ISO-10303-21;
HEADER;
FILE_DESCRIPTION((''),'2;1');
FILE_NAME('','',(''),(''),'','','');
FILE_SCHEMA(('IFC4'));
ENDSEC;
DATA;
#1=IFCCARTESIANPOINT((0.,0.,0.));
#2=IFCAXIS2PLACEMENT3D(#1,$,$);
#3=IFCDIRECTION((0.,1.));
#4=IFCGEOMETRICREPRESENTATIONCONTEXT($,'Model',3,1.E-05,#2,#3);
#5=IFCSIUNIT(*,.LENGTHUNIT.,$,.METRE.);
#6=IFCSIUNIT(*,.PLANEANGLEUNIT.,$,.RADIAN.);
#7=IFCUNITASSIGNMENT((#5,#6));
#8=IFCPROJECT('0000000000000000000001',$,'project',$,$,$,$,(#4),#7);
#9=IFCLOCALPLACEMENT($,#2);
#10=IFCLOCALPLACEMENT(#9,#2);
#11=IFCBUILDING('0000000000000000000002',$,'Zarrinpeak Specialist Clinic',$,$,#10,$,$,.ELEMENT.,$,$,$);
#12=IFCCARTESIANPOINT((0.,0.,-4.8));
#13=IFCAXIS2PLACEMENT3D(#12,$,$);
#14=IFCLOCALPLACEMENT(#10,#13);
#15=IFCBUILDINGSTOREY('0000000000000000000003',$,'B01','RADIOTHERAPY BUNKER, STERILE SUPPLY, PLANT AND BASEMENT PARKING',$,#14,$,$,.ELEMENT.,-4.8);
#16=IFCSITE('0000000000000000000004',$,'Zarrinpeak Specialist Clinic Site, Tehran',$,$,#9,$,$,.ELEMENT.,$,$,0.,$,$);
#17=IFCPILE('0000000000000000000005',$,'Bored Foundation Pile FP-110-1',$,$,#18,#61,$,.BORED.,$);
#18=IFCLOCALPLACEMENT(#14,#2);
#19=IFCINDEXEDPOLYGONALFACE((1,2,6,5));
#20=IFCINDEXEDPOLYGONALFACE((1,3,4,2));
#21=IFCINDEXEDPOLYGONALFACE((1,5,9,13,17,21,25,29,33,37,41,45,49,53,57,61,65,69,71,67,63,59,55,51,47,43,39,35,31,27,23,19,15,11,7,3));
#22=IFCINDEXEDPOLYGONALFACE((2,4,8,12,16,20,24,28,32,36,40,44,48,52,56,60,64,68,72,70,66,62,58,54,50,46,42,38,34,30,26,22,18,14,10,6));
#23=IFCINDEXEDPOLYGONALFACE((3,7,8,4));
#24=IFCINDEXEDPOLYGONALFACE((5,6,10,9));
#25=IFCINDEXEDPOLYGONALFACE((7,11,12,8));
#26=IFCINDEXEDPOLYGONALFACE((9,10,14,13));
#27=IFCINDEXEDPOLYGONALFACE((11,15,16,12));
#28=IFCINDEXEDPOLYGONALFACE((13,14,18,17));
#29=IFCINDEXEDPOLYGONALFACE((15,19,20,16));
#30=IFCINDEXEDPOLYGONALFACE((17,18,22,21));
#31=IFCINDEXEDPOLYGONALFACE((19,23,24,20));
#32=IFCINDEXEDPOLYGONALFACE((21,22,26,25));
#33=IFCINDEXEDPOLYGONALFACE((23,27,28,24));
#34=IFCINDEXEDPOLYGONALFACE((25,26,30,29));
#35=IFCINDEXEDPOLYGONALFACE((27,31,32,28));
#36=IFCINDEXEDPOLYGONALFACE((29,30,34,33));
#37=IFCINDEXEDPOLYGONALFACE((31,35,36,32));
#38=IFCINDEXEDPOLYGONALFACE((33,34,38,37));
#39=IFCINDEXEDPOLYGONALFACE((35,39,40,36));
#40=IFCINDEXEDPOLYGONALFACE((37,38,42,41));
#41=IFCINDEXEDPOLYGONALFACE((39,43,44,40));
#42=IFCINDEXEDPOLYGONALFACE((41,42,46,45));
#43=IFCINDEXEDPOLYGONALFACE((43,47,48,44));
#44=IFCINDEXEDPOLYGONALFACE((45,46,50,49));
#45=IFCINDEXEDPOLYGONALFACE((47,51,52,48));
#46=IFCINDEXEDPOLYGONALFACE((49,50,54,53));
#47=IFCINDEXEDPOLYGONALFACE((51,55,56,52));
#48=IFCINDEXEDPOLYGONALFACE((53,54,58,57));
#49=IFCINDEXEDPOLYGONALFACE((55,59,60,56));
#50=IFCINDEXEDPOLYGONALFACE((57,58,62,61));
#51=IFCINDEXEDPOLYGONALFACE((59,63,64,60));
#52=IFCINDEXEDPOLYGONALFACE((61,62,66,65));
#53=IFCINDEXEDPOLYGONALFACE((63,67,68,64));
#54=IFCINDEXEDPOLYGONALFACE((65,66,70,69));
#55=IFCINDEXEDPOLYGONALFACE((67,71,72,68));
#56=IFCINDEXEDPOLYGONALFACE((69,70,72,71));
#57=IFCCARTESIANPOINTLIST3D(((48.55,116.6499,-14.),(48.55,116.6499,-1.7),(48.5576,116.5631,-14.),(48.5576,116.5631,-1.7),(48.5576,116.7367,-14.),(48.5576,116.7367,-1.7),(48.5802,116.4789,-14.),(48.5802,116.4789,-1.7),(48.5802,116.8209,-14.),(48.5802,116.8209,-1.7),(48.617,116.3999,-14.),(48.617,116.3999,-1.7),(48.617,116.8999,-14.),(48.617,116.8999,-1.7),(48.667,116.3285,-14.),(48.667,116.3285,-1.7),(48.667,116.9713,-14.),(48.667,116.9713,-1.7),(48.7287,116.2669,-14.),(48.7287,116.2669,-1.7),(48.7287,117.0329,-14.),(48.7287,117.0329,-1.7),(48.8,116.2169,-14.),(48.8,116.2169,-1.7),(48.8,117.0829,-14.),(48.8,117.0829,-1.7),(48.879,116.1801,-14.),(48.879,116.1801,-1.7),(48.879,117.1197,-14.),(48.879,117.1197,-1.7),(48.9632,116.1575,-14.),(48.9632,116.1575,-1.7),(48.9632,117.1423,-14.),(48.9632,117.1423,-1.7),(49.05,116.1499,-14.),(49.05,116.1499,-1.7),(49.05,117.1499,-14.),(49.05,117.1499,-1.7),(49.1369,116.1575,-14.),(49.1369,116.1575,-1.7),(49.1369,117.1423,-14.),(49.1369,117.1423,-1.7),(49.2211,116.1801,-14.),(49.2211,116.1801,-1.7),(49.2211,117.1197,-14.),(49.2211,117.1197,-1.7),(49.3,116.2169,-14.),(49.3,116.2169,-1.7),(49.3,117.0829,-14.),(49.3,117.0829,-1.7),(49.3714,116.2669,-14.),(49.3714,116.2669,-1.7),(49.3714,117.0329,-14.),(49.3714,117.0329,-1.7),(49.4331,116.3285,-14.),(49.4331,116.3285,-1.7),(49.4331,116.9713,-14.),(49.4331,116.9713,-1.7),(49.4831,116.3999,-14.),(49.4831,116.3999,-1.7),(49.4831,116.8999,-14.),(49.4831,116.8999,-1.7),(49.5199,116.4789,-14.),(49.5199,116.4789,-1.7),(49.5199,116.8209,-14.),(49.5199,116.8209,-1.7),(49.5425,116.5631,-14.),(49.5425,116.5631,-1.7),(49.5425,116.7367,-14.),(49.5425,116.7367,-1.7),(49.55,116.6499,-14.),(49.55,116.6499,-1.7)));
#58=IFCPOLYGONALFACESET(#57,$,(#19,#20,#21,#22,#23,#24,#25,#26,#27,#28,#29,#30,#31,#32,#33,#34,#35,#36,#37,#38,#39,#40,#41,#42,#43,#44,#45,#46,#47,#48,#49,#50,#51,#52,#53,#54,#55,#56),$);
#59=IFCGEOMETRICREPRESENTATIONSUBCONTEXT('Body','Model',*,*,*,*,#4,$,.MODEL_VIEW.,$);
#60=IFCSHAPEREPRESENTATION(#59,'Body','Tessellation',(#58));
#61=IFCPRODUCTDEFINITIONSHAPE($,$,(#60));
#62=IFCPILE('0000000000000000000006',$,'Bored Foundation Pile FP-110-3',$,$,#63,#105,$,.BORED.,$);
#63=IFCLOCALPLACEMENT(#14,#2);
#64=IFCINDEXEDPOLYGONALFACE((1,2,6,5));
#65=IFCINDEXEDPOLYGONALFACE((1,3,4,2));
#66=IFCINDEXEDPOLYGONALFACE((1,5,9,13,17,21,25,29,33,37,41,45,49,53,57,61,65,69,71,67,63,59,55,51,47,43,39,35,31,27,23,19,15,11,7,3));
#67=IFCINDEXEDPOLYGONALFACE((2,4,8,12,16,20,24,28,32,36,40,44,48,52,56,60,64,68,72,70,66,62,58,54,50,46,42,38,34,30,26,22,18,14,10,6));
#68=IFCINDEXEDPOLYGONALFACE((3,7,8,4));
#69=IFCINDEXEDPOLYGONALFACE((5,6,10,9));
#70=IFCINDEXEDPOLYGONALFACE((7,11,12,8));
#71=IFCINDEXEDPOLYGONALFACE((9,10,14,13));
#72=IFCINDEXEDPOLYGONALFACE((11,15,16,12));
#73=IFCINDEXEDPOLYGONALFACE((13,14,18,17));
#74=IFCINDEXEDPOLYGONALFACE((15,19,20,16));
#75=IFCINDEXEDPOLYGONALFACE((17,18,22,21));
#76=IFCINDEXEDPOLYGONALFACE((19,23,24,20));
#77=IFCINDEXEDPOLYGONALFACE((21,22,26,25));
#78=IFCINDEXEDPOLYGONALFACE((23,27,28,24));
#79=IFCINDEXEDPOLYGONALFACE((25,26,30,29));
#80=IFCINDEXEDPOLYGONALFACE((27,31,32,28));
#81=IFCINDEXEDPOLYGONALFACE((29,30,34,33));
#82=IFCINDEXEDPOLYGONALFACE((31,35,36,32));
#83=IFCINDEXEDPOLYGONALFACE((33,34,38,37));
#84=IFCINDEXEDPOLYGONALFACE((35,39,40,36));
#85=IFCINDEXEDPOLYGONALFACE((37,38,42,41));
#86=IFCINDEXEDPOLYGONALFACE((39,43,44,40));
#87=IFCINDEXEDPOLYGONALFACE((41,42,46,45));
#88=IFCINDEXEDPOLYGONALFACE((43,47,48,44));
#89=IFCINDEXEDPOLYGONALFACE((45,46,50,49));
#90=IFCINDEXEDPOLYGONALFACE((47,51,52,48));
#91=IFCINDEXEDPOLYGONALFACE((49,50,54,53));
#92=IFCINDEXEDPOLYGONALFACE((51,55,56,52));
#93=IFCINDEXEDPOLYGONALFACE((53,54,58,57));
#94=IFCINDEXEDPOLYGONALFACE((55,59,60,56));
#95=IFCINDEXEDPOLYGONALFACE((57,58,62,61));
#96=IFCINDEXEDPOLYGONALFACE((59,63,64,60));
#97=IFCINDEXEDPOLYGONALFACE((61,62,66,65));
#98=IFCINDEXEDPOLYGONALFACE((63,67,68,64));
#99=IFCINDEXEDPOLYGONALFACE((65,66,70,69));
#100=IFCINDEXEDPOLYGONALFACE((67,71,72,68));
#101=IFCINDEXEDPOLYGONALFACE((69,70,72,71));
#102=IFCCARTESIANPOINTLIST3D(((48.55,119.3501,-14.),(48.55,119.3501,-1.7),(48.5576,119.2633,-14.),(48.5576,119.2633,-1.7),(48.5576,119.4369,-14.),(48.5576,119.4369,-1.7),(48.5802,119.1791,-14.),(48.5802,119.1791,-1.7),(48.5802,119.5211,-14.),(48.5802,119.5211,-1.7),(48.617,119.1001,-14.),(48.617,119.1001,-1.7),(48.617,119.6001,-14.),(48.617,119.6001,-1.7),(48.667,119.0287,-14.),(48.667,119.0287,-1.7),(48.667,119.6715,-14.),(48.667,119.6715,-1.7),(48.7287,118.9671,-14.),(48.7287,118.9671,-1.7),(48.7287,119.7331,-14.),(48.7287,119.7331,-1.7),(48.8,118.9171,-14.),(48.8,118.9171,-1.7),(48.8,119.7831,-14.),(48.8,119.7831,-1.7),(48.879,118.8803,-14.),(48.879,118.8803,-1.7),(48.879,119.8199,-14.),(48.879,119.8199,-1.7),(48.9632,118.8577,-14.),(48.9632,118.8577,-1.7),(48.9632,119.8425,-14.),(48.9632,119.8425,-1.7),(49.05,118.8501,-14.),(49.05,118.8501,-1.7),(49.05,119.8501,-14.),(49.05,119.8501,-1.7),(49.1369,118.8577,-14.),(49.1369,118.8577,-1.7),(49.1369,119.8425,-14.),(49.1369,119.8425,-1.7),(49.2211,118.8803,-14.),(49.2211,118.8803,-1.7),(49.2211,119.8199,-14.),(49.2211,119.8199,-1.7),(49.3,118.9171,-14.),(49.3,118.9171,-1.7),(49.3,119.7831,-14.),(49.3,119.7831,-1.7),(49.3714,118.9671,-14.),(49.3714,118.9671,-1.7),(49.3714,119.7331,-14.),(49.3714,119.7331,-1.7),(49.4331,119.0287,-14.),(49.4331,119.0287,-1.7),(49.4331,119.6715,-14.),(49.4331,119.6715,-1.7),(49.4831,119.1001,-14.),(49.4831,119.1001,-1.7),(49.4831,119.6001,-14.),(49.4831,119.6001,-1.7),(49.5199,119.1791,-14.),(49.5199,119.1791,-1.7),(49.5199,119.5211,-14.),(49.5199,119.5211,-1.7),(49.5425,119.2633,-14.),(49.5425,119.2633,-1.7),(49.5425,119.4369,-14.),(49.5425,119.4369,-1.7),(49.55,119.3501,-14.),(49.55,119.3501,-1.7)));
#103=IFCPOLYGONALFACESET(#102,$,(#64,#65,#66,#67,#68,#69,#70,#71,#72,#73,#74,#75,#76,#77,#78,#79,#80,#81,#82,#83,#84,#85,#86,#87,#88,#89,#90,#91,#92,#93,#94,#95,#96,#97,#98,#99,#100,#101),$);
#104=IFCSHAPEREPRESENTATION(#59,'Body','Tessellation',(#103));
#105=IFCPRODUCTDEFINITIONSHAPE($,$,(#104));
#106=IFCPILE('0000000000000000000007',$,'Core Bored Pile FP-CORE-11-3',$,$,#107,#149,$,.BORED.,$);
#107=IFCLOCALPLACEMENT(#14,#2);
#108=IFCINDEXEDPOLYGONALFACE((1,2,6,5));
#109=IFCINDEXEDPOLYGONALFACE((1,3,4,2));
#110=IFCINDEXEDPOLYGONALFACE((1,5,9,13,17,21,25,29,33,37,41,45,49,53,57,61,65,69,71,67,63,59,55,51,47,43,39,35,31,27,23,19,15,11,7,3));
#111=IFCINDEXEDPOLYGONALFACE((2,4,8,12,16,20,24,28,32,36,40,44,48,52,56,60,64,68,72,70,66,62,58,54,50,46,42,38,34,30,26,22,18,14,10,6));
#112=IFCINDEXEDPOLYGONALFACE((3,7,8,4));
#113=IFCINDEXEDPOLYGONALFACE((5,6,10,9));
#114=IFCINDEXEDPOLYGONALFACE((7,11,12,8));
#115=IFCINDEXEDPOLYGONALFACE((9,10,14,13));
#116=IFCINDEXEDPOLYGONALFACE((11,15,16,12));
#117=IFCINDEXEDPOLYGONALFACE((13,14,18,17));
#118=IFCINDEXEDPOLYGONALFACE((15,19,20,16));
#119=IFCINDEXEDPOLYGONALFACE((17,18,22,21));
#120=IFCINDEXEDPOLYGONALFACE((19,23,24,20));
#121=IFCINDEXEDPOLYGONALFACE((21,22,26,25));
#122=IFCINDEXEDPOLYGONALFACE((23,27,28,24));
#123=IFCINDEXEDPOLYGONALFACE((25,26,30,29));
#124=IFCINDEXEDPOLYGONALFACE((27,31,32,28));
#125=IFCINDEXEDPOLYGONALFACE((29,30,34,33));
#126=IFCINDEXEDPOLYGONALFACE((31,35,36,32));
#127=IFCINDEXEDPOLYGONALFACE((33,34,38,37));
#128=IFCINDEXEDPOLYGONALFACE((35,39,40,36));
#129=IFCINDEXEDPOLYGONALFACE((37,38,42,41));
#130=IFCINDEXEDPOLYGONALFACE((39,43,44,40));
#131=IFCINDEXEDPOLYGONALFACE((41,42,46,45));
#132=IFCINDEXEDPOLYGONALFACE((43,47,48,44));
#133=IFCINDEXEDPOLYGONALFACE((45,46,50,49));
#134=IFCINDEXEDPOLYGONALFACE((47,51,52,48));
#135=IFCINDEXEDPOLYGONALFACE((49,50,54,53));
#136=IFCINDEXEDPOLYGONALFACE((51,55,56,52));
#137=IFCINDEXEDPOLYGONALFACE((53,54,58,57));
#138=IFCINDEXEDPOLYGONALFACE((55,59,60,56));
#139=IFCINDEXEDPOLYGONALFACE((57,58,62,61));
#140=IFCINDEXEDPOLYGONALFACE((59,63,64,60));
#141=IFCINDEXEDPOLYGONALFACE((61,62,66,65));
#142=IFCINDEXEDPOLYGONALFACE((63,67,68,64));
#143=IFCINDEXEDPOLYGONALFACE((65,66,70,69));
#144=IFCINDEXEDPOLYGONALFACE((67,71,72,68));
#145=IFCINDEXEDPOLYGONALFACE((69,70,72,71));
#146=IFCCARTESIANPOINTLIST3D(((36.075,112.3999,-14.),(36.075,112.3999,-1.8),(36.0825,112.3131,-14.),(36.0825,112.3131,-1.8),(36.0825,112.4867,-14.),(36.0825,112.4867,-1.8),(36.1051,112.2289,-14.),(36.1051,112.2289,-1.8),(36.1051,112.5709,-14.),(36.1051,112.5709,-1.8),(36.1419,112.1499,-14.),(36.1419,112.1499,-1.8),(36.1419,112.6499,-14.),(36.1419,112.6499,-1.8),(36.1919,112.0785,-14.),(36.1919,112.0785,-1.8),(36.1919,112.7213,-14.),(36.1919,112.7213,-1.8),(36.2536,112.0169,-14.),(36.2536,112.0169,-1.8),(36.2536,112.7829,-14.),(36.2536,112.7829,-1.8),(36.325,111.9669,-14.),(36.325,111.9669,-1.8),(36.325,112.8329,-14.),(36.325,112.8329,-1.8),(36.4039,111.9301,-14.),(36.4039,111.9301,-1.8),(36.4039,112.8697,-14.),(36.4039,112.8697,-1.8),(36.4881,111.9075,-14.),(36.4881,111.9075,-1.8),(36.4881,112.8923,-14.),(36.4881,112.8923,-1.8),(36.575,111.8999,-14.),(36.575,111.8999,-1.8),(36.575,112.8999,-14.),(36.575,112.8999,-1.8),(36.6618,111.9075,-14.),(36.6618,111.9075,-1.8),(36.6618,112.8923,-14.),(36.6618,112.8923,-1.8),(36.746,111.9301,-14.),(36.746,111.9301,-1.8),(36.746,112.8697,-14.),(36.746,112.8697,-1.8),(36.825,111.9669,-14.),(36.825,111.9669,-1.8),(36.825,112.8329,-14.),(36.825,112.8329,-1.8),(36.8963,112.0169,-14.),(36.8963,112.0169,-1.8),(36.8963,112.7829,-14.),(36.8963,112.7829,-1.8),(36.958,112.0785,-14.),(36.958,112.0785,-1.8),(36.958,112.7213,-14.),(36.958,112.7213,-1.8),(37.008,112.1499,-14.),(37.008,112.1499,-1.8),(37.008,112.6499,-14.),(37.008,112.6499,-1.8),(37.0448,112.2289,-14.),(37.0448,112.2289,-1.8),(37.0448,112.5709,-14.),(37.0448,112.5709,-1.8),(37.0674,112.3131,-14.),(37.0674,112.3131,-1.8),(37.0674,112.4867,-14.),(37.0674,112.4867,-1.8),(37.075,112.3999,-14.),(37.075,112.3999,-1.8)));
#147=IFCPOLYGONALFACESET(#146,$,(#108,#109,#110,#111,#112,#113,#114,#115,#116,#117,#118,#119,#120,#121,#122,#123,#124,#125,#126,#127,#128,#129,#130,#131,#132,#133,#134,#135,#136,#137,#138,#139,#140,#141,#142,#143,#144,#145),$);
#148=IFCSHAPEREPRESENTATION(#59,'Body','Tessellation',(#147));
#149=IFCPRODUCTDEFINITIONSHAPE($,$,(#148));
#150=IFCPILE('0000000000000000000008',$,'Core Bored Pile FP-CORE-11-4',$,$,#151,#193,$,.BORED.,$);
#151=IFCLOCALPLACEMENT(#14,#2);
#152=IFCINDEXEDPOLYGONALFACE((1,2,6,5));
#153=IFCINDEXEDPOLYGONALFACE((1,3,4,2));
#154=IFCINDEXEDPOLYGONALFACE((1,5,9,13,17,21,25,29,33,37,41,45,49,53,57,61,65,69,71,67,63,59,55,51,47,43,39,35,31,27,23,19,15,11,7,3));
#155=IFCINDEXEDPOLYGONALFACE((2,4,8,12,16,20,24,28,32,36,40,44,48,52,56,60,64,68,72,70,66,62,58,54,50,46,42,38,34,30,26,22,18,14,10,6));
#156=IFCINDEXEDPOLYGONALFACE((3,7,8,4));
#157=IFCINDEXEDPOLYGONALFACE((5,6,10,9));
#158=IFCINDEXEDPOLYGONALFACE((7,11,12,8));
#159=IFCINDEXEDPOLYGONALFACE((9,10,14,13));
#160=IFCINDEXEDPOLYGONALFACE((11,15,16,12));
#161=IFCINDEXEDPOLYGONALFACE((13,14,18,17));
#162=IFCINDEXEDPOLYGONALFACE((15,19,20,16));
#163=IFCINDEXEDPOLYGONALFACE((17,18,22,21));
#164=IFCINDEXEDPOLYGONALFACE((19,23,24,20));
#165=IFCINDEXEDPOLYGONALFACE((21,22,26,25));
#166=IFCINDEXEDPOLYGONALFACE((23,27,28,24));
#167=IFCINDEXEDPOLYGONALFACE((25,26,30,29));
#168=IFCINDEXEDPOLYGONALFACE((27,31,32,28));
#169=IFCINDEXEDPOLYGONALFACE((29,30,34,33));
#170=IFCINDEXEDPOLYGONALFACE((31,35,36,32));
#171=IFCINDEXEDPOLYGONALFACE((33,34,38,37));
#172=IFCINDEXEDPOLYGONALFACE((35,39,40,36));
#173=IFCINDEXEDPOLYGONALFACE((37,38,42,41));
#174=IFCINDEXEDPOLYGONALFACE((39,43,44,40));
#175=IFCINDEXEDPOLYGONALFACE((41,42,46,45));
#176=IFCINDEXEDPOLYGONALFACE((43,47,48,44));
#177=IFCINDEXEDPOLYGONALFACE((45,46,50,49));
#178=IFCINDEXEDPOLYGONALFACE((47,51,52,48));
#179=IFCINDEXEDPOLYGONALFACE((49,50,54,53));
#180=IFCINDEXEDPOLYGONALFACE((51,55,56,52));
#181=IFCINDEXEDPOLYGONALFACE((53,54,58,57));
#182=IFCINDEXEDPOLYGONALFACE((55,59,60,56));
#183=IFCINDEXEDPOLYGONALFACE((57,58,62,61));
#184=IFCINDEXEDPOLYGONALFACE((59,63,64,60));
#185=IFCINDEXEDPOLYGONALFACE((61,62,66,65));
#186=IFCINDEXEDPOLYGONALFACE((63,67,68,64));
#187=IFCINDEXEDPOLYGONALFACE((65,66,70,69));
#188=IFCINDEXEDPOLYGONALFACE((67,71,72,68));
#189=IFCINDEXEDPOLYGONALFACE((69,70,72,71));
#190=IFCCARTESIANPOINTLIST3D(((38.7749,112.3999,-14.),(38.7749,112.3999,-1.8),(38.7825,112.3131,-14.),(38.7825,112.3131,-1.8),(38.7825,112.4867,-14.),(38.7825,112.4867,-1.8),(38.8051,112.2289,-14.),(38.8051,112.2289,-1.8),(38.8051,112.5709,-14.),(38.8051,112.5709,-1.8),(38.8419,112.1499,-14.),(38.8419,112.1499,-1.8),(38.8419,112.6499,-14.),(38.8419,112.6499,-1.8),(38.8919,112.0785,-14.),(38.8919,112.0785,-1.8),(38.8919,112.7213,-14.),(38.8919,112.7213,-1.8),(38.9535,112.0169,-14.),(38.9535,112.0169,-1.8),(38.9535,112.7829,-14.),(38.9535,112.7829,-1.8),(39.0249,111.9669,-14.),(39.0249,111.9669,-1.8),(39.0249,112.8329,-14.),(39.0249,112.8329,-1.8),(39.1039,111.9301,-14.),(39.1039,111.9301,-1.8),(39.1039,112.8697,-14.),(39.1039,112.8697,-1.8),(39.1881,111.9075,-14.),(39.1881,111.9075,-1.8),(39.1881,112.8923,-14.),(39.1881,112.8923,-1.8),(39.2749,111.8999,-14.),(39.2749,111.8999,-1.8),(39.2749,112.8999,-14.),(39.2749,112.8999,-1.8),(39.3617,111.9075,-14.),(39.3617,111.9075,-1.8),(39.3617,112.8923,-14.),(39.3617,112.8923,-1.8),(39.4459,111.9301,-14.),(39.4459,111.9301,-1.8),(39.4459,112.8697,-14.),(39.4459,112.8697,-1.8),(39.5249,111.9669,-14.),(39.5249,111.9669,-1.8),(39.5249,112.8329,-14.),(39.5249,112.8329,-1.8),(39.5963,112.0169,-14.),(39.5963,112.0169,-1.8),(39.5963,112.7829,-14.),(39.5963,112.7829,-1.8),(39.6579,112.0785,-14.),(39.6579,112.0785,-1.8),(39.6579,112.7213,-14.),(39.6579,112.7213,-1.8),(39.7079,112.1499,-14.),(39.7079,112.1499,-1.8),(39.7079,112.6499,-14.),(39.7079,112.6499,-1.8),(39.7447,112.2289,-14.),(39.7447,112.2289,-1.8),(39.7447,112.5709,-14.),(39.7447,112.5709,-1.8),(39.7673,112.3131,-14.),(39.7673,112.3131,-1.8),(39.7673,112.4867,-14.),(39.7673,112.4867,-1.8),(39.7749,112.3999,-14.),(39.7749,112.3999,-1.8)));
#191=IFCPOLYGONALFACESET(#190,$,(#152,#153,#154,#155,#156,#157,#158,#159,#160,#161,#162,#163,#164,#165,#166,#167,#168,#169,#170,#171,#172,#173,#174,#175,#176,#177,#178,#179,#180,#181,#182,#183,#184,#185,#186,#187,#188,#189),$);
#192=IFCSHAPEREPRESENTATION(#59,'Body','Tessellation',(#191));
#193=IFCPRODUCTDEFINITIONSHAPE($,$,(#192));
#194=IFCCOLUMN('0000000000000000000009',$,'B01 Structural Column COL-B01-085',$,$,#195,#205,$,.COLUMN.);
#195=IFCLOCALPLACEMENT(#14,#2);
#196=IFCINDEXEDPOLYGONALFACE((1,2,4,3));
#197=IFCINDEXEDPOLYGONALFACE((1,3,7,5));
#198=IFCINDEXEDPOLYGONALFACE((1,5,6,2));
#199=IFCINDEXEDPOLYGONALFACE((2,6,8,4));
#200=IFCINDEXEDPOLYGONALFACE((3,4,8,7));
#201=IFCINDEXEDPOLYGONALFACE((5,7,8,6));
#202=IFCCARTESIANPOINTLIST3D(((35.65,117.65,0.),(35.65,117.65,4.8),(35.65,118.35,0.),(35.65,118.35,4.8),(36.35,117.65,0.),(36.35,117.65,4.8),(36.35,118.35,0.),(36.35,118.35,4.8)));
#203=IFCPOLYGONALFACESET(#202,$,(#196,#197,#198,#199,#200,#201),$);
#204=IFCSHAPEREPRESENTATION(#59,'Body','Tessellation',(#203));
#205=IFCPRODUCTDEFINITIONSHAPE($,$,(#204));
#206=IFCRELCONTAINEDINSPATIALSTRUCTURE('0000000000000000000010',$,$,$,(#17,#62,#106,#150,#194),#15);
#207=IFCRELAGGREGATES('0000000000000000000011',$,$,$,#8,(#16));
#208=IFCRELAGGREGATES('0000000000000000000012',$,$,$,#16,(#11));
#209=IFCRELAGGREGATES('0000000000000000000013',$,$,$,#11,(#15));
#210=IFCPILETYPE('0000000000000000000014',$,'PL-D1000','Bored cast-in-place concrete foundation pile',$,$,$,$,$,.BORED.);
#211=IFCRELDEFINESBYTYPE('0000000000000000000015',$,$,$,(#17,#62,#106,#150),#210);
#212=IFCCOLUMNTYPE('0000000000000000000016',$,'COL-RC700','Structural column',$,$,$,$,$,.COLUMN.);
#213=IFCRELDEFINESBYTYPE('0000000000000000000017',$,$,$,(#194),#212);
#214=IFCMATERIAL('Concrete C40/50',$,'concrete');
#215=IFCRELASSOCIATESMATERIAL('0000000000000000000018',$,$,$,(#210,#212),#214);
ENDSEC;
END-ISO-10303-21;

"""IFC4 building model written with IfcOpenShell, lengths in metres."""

from ifc_helpers import new_model, si_unit, direction, frame, origin, origin_2d, place, context, subcontext, project, spatial, rectangle, circle, extrude, material, material_profile, profile_set, type_object, element, save


model = new_model("IFC4")

# Units and contexts
model_context = context("Model", 3, precision=1e-05, world=origin(), true_north=direction((0.0, 1.0)))
body_context = subcontext(model_context, "Body", "Model", "MODEL_VIEW")
ifc_project = project(units=[si_unit("LENGTHUNIT", "METRE"), si_unit("PLANEANGLEUNIT", "RADIAN")], contexts=[model_context])

# Site, building, storey
site_placement = place(None, origin())
site = spatial("IfcSite", under=ifc_project, at=site_placement, Name="Zarrinpeak Specialist Clinic Site, Tehran", CompositionType="ELEMENT", RefElevation=0.0)
building_placement = place(site_placement, origin())
building = spatial("IfcBuilding", under=site, at=building_placement, Name="Zarrinpeak Specialist Clinic", CompositionType="ELEMENT")
storey_placement = place(building_placement, frame((0.0, 0.0, -4.8)))
storey = spatial("IfcBuildingStorey", under=building, at=storey_placement, Name="B01", Description="RADIOTHERAPY BUNKER, STERILE SUPPLY, PLANT AND BASEMENT PARKING", CompositionType="ELEMENT", Elevation=-4.8)

# Shared definitions
ifc_material_1 = material(Name="Concrete C40/50", Category="concrete")

# Piles
ifc_material_profile_1 = material_profile(ifc_material_1, circle(Radius=0.5, at=origin_2d()), Name="BORED PILE D1000")
ifc_profile_set_1 = profile_set([ifc_material_profile_1], Name="Concrete C40/50")
pile_type = type_object("IfcPileType", Name="PL-D1000", Description="Bored cast-in-place concrete foundation pile", PredefinedType="BORED", material=ifc_profile_set_1)
for number, where, z_axis, x_axis, name in (
    (1, (49.05, 116.6499, -1.7), (0.0, 0.0, -1.0), (1.0, 0.0, 0.0), "Bored Foundation Pile FP-110-1"),
    (2, (49.05, 119.3501, -1.7), (0.0, 0.0, -1.0), (1.0, 0.0, 0.0), "Bored Foundation Pile FP-110-3"),
):
    element("IfcPile", number, at=place(storey_placement, frame(where, z_axis=z_axis, x_axis=x_axis)), inside=storey, type_object=pile_type, Name=name, PredefinedType="BORED", context=body_context, shape_type="SweptSolid", body=[
        extrude(circle(Radius=0.5, at=origin_2d()), origin(), (0.0, 0.0, 1.0), 12.3),
    ])
for number, where, z_axis, x_axis, name in (
    (3, (36.575, 112.3999, -1.8), (0.0, 0.0, -1.0), (1.0, 0.0, 0.0), "Core Bored Pile FP-CORE-11-3"),
    (4, (39.2749, 112.3999, -1.8), (0.0, 0.0, -1.0), (1.0, 0.0, 0.0), "Core Bored Pile FP-CORE-11-4"),
):
    element("IfcPile", number, at=place(storey_placement, frame(where, z_axis=z_axis, x_axis=x_axis)), inside=storey, type_object=pile_type, Name=name, PredefinedType="BORED", context=body_context, shape_type="SweptSolid", body=[
        extrude(circle(Radius=0.5, at=origin_2d()), origin(), (0.0, 0.0, 1.0), 12.2),
    ])

# Column
ifc_material_profile_2 = material_profile(ifc_material_1, rectangle(XDim=0.7, YDim=0.7, at=origin_2d()), Name="RC 700x700")
ifc_profile_set_2 = profile_set([ifc_material_profile_2], Name="Concrete C40/50")
column_type = type_object("IfcColumnType", Name="COL-RC700", Description="Structural column", PredefinedType="COLUMN", material=ifc_profile_set_2)
for number, where, z_axis, x_axis, name in (
    (5, (36.0, 118.0, 0.0), (0.0, 0.0, 1.0), (1.0, 0.0, 0.0), "B01 Structural Column COL-B01-085"),
):
    element("IfcColumn", number, at=place(storey_placement, frame(where, z_axis=z_axis, x_axis=x_axis)), inside=storey, type_object=column_type, Name=name, PredefinedType="COLUMN", context=body_context, shape_type="SweptSolid", body=[
        extrude(rectangle(XDim=0.7, YDim=0.7, at=origin_2d()), origin(), (0.0, 0.0, 1.0), 4.8),
    ])

save(model, "model.ifc")
